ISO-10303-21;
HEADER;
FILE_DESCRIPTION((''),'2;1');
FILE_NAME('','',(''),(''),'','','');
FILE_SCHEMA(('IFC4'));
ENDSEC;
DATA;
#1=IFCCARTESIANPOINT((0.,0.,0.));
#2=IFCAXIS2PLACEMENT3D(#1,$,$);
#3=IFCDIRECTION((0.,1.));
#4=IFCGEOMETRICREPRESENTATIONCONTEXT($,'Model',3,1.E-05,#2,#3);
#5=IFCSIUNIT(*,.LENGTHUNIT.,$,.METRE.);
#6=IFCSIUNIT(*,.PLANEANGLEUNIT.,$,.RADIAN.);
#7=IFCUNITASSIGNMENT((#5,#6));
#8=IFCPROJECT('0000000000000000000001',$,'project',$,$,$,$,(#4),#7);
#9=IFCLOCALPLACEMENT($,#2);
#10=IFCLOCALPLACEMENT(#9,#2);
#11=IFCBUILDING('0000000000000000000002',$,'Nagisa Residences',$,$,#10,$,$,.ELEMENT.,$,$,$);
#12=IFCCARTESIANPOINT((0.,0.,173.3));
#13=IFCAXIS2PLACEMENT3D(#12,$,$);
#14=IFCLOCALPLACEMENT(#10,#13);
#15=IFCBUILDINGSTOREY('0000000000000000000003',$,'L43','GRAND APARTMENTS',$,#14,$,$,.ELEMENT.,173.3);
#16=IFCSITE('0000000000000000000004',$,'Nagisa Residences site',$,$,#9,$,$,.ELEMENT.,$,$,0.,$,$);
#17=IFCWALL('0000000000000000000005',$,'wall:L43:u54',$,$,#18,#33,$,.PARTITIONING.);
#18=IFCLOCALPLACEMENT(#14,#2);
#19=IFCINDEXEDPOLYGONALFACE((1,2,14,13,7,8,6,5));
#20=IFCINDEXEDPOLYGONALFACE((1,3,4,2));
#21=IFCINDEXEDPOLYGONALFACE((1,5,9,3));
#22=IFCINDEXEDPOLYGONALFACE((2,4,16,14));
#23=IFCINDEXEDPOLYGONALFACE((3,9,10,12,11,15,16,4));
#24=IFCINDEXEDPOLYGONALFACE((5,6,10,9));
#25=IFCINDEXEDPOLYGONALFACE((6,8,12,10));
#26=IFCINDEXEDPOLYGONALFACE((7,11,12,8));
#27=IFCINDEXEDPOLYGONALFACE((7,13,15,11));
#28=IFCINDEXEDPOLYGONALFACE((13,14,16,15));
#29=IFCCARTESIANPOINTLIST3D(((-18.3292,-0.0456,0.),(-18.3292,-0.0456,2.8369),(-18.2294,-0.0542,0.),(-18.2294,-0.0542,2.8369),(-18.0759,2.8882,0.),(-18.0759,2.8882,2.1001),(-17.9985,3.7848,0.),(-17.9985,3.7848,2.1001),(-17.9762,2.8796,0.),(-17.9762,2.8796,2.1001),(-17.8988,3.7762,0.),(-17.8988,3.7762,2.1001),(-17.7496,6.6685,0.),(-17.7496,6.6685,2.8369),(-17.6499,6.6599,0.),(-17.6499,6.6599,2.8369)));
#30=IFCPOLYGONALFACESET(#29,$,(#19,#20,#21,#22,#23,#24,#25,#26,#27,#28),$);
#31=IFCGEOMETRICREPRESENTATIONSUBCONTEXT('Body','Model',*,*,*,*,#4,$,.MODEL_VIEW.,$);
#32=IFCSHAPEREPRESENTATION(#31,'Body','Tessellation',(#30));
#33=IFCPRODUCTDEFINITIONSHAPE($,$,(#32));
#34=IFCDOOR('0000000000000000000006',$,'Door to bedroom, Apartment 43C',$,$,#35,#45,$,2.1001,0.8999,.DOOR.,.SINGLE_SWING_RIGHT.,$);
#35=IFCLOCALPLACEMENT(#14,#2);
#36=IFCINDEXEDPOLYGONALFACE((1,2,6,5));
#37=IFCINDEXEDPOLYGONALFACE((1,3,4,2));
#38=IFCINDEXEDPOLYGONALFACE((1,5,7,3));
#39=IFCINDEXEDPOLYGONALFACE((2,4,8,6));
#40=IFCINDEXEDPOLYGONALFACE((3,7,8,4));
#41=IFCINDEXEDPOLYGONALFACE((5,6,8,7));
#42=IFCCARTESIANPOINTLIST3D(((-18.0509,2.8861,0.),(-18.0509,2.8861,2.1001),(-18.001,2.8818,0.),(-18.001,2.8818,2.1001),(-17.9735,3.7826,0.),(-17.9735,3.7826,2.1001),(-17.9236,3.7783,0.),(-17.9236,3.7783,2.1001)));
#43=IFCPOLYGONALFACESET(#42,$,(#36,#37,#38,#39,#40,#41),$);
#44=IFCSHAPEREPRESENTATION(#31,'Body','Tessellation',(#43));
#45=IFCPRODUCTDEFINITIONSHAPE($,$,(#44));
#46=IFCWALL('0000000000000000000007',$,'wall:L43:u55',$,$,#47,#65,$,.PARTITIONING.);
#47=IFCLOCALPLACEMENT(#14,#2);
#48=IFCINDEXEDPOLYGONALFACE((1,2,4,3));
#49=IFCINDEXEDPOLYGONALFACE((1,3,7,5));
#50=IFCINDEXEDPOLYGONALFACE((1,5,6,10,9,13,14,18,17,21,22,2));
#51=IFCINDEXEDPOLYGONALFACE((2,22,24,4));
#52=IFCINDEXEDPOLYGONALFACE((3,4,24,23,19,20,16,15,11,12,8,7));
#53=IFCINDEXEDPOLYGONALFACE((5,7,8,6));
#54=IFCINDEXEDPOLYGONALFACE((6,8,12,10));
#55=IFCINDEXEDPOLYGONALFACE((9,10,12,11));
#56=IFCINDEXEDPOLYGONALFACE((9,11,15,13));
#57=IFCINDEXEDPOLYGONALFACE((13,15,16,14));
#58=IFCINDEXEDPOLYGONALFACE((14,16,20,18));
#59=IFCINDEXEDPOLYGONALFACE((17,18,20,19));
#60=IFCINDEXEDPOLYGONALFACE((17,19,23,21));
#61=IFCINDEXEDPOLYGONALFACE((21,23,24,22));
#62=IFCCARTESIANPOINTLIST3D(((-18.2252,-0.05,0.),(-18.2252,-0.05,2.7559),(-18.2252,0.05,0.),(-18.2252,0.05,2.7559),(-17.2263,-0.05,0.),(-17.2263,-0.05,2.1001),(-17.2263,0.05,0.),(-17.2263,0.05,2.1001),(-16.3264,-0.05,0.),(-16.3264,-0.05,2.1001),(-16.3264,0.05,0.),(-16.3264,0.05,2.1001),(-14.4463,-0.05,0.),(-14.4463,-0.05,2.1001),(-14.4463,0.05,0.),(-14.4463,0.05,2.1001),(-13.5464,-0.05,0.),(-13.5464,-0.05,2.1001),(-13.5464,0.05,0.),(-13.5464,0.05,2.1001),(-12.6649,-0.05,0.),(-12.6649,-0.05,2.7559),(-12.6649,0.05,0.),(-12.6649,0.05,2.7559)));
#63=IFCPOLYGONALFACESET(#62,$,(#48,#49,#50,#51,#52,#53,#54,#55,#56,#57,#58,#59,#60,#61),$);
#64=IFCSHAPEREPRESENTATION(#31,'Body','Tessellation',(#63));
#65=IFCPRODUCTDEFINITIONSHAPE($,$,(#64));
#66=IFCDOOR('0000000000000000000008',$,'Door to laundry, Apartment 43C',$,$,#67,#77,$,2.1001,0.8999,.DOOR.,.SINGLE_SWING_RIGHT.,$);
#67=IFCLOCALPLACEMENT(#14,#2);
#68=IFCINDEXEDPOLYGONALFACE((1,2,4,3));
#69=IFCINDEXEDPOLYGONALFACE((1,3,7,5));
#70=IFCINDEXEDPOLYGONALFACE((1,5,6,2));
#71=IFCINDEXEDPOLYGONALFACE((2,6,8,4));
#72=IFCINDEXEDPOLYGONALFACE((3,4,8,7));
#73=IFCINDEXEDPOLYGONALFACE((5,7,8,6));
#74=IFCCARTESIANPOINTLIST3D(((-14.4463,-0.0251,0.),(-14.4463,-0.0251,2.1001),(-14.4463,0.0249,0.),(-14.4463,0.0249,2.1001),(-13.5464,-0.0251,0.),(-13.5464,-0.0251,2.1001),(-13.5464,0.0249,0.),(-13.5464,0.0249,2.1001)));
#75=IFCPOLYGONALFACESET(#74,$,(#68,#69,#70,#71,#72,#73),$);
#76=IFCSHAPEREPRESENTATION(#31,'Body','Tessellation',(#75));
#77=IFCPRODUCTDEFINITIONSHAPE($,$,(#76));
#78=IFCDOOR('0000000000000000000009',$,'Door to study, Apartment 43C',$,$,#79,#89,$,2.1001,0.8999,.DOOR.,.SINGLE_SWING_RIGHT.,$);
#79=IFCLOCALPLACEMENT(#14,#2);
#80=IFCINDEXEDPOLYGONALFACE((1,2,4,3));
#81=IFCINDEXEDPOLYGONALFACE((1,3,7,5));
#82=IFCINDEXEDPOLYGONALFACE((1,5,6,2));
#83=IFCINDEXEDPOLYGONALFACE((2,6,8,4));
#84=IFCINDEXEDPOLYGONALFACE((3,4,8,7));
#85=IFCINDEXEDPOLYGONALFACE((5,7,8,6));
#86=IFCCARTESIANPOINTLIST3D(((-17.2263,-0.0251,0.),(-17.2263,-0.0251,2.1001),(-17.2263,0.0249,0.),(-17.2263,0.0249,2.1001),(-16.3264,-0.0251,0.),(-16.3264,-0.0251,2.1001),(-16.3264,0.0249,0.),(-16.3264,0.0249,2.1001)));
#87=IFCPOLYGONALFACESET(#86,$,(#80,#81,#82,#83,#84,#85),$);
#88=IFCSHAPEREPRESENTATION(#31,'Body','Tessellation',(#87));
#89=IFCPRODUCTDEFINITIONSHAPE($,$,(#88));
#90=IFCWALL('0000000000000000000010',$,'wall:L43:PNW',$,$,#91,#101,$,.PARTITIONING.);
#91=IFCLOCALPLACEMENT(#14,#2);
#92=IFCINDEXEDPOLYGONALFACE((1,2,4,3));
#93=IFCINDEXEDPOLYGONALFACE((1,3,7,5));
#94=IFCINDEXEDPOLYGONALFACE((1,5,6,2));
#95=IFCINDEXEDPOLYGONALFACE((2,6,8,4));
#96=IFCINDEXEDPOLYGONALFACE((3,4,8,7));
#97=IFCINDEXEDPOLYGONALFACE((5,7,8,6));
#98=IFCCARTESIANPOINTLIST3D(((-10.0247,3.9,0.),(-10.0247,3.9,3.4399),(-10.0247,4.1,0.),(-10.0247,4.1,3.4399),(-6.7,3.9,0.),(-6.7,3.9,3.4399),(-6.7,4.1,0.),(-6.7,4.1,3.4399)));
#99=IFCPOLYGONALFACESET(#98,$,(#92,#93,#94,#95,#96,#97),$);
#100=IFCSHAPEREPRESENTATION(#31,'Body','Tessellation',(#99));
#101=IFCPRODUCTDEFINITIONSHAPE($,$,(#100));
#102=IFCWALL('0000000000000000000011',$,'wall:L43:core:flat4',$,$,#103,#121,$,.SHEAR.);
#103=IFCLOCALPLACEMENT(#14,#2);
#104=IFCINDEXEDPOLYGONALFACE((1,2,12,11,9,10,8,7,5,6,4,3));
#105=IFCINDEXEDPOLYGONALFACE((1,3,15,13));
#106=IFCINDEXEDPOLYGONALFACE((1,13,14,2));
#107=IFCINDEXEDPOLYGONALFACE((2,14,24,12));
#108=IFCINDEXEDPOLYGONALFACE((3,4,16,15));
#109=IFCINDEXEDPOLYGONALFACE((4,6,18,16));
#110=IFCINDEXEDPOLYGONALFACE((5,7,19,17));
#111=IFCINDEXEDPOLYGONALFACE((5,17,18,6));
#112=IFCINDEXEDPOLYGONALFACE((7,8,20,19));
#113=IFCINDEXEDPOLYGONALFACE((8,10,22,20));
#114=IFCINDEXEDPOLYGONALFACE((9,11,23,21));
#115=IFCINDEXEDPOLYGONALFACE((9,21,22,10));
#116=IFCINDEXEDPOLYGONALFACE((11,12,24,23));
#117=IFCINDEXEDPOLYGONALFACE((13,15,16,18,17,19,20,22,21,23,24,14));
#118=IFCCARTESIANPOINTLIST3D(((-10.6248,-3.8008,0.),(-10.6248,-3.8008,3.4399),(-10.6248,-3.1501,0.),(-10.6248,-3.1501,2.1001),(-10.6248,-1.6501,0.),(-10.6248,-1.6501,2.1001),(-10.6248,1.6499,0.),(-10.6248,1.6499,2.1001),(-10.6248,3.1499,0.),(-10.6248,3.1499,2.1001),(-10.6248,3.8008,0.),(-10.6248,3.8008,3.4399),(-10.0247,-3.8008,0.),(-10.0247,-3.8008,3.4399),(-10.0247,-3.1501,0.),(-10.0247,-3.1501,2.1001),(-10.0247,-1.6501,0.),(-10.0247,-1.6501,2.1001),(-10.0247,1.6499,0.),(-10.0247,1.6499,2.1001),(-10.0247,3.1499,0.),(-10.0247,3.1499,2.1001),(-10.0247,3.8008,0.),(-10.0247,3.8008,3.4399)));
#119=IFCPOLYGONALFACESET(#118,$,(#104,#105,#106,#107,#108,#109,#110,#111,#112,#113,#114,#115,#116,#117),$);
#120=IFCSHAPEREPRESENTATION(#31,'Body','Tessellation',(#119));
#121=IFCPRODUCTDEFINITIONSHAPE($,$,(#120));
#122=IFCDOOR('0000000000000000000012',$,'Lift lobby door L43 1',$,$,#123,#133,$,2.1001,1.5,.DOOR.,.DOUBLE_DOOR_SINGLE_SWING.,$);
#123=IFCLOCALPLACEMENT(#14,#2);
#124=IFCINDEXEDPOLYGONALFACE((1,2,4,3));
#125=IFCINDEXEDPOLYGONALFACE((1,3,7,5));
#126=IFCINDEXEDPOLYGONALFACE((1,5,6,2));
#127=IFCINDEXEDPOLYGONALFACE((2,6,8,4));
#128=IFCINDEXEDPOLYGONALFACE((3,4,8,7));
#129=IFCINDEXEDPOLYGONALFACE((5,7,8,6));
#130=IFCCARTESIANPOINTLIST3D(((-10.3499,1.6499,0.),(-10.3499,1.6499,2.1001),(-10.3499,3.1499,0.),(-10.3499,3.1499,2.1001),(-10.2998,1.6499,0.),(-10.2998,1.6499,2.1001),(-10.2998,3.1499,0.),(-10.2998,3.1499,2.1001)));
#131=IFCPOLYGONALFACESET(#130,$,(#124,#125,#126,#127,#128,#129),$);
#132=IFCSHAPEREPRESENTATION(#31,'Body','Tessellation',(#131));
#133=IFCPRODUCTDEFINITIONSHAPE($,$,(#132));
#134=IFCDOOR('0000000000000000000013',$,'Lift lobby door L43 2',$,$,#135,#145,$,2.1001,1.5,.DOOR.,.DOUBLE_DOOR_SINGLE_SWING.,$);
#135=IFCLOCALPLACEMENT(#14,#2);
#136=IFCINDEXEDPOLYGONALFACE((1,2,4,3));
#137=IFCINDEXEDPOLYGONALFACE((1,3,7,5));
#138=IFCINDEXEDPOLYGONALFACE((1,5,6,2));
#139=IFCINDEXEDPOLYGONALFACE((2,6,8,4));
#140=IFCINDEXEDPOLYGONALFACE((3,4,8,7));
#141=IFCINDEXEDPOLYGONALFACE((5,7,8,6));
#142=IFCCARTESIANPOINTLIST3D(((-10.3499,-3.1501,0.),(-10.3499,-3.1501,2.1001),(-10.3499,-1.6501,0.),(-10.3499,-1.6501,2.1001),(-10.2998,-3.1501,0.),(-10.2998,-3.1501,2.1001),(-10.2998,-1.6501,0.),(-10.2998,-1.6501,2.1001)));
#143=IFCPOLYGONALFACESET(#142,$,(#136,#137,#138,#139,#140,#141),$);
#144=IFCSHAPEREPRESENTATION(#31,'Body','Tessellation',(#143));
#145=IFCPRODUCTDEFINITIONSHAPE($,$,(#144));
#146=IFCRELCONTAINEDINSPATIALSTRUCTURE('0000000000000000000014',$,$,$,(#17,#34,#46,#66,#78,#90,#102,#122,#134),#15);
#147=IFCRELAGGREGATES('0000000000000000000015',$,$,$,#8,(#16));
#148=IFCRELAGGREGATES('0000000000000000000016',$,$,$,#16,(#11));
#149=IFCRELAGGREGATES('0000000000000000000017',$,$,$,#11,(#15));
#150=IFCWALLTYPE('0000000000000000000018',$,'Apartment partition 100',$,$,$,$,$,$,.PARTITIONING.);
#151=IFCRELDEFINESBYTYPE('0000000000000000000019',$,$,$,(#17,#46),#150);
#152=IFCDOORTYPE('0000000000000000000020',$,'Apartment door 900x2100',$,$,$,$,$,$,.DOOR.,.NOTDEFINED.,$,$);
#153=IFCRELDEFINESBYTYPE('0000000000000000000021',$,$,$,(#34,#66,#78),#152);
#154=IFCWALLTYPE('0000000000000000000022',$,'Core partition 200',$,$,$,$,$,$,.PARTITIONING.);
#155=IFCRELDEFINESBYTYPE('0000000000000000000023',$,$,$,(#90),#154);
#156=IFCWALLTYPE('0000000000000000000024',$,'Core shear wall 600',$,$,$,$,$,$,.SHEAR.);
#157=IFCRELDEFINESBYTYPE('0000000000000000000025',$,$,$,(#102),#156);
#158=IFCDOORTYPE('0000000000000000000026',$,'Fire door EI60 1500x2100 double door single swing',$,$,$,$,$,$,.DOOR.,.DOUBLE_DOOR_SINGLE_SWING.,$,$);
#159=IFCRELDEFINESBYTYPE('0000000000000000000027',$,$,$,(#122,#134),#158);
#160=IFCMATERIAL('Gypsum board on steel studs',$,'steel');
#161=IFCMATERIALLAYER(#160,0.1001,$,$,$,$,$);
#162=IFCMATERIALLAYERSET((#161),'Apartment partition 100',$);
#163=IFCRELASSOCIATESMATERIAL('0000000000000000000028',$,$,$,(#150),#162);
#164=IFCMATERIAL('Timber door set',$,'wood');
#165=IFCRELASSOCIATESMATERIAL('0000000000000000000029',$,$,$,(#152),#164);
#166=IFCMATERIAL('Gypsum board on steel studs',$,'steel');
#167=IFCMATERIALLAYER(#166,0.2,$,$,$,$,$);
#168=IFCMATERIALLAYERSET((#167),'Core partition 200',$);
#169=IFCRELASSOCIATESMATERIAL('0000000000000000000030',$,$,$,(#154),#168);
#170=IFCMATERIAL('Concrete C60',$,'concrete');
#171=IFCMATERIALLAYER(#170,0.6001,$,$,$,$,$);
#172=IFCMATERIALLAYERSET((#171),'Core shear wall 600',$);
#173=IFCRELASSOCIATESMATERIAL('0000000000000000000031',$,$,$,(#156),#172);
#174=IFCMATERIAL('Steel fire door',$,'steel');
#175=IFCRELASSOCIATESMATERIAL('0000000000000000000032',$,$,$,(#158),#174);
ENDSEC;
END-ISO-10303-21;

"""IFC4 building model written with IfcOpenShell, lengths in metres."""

from ifc_helpers import new_model, si_unit, direction, frame, frame_2d, origin, place, context, subcontext, project, spatial, rectangle, extrude, material, layer, layer_set, type_object, element, fill, save


model = new_model("IFC4")

# Units and contexts
model_context = context("Model", 3, precision=1e-05, world=origin(), true_north=direction((0.0, 1.0)))
body_context = subcontext(model_context, "Body", "Model", "MODEL_VIEW")
ifc_project = project(units=[si_unit("LENGTHUNIT", "METRE"), si_unit("PLANEANGLEUNIT", "RADIAN")], contexts=[model_context])

# Site, building, storey
site_placement = place(None, origin())
site = spatial("IfcSite", under=ifc_project, at=site_placement, Name="Nagisa Residences site", CompositionType="ELEMENT", RefElevation=0.0)
building_placement = place(site_placement, origin())
building = spatial("IfcBuilding", under=site, at=building_placement, Name="Nagisa Residences", CompositionType="ELEMENT")
storey_placement = place(building_placement, frame((0.0, 0.0, 173.3)))
storey = spatial("IfcBuildingStorey", under=building, at=storey_placement, Name="L43", Description="GRAND APARTMENTS", CompositionType="ELEMENT", Elevation=173.3)

# Shared definitions
ifc_material_1 = material(Name="Gypsum board on steel studs", Category="steel")
ifc_layer_1 = layer(ifc_material_1, 0.1001)
ifc_layer_set_1 = layer_set([ifc_layer_1], Name="Apartment partition 100")
wall_type_1 = type_object("IfcWallType", Name="Apartment partition 100", PredefinedType="PARTITIONING", material=ifc_layer_set_1)
ifc_material_2 = material(Name="Timber door set", Category="wood")
door_type_1 = type_object("IfcDoorType", Name="Apartment door 900x2100", OperationType="NOTDEFINED", PredefinedType="DOOR", material=ifc_material_2)

# Wall, opening, door
wall_1_placement = place(storey_placement, frame((-17.6997, 6.6643, 0.0), z_axis=(0.0, 0.0, 1.0), x_axis=(-0.086004, -0.996295, 0.0)))
wall_1 = element("IfcWall", 1, at=wall_1_placement, inside=storey, type_object=wall_type_1, Name="wall:L43:u54", PredefinedType="PARTITIONING", context=body_context, shape_type="SweptSolid", body=[
    extrude(rectangle(XDim=6.739, YDim=0.1001, at=frame_2d((3.3696, 0.0))), origin(), (0.0, 0.0, 1.0), 2.8369),
])
opening_1_placement = place(wall_1_placement, frame((2.8945, 0.0, 0.0)))
opening_1 = element("IfcOpeningElement", 2, at=opening_1_placement, cuts=wall_1, PredefinedType="OPENING", context=body_context, shape_type="SweptSolid", body=[
    extrude(rectangle(XDim=0.8999, YDim=2.1001, at=frame_2d((0.45, 1.05))), frame((0.0, 0.0601, 0.0), z_axis=(0.0, -1.0, 0.0), x_axis=(1.0, 0.0, 0.0)), (0.0, 0.0, 1.0), 0.1201),
])
door_1_placement = place(opening_1_placement, frame((0.8999, 0.0, 0.0), x_axis=(-1.0, 0.0, 0.0)))
door_1 = element("IfcDoor", 3, at=door_1_placement, inside=storey, type_object=door_type_1, Name="Door to bedroom, Apartment 43C", OperationType="SINGLE_SWING_RIGHT", OverallHeight=2.1001, OverallWidth=0.8999, PredefinedType="DOOR", context=body_context, shape_type="SweptSolid", body=[
    extrude(rectangle(XDim=0.8999, YDim=2.1001, at=frame_2d((0.45, 1.05))), frame((0.0, 0.0249, 0.0), z_axis=(0.0, -1.0, 0.0), x_axis=(1.0, 0.0, 0.0)), (0.0, 0.0, 1.0), 0.05),
])
fill(opening_1, door_1)

# Wall, openings, doors
wall_2_placement = place(storey_placement, frame((-12.6648, 0.0, 0.0), z_axis=(0.0, 0.0, 1.0), x_axis=(-1.0, 0.0, 0.0)))
wall_2 = element("IfcWall", 4, at=wall_2_placement, inside=storey, type_object=wall_type_1, Name="wall:L43:u55", PredefinedType="PARTITIONING", context=body_context, shape_type="SweptSolid", body=[
    extrude(rectangle(XDim=5.5603, YDim=0.1001, at=frame_2d((2.7803, 0.0))), origin(), (0.0, 0.0, 1.0), 2.7559),
])
opening_2_placement = place(wall_2_placement, frame((0.8816, 0.0, 0.0)))
opening_2 = element("IfcOpeningElement", 5, at=opening_2_placement, cuts=wall_2, PredefinedType="OPENING", context=body_context, shape_type="SweptSolid", body=[
    extrude(rectangle(XDim=0.8999, YDim=2.1001, at=frame_2d((0.45, 1.05))), frame((0.0, 0.0601, 0.0), z_axis=(0.0, -1.0, 0.0), x_axis=(1.0, 0.0, 0.0)), (0.0, 0.0, 1.0), 0.1201),
])
opening_3_placement = place(wall_2_placement, frame((3.6616, 0.0, 0.0)))
opening_3 = element("IfcOpeningElement", 6, at=opening_3_placement, cuts=wall_2, PredefinedType="OPENING", context=body_context, shape_type="SweptSolid", body=[
    extrude(rectangle(XDim=0.8999, YDim=2.1001, at=frame_2d((0.45, 1.05))), frame((0.0, 0.0601, 0.0), z_axis=(0.0, -1.0, 0.0), x_axis=(1.0, 0.0, 0.0)), (0.0, 0.0, 1.0), 0.1201),
])
door_2_placement = place(opening_2_placement, frame((0.8999, 0.0, 0.0), x_axis=(-1.0, 0.0, 0.0)))
door_2 = element("IfcDoor", 7, at=door_2_placement, inside=storey, type_object=door_type_1, Name="Door to laundry, Apartment 43C", OperationType="SINGLE_SWING_RIGHT", OverallHeight=2.1001, OverallWidth=0.8999, PredefinedType="DOOR", context=body_context, shape_type="SweptSolid", body=[
    extrude(rectangle(XDim=0.8999, YDim=2.1001, at=frame_2d((0.45, 1.05))), frame((0.0, 0.0249, 0.0), z_axis=(0.0, -1.0, 0.0), x_axis=(1.0, 0.0, 0.0)), (0.0, 0.0, 1.0), 0.05),
])
fill(opening_2, door_2)
door_3_placement = place(opening_3_placement, frame((0.8999, 0.0, 0.0), x_axis=(-1.0, 0.0, 0.0)))
door_3 = element("IfcDoor", 8, at=door_3_placement, inside=storey, type_object=door_type_1, Name="Door to study, Apartment 43C", OperationType="SINGLE_SWING_RIGHT", OverallHeight=2.1001, OverallWidth=0.8999, PredefinedType="DOOR", context=body_context, shape_type="SweptSolid", body=[
    extrude(rectangle(XDim=0.8999, YDim=2.1001, at=frame_2d((0.45, 1.05))), frame((0.0, 0.0249, 0.0), z_axis=(0.0, -1.0, 0.0), x_axis=(1.0, 0.0, 0.0)), (0.0, 0.0, 1.0), 0.05),
])
fill(opening_3, door_3)

# Wall
ifc_material_3 = material(Name="Gypsum board on steel studs", Category="steel")
ifc_layer_2 = layer(ifc_material_3, 0.2)
ifc_layer_set_2 = layer_set([ifc_layer_2], Name="Core partition 200")
wall_type_2 = type_object("IfcWallType", Name="Core partition 200", PredefinedType="PARTITIONING", material=ifc_layer_set_2)
wall_3_placement = place(storey_placement, frame((-10.0247, 4.0, 0.0), z_axis=(0.0, 0.0, 1.0), x_axis=(1.0, 0.0, 0.0)))
element("IfcWall", 9, at=wall_3_placement, inside=storey, type_object=wall_type_2, Name="wall:L43:PNW", PredefinedType="PARTITIONING", context=body_context, shape_type="SweptSolid", body=[
    extrude(rectangle(XDim=3.3247, YDim=0.2, at=frame_2d((1.6624, 0.0))), origin(), (0.0, 0.0, 1.0), 3.4399),
])

# Wall, openings, doors
ifc_material_4 = material(Name="Concrete C60", Category="concrete")
ifc_layer_3 = layer(ifc_material_4, 0.6001)
ifc_layer_set_3 = layer_set([ifc_layer_3], Name="Core shear wall 600")
wall_type_3 = type_object("IfcWallType", Name="Core shear wall 600", PredefinedType="SHEAR", material=ifc_layer_set_3)
wall_4_placement = place(storey_placement, frame((-10.3247, 3.8008, 0.0), z_axis=(0.0, 0.0, 1.0), x_axis=(0.0, -1.0, 0.0)))
wall_4 = element("IfcWall", 10, at=wall_4_placement, inside=storey, type_object=wall_type_3, Name="wall:L43:core:flat4", PredefinedType="SHEAR", context=body_context, shape_type="SweptSolid", body=[
    extrude(rectangle(XDim=7.6016, YDim=0.6001, at=frame_2d((3.8008, 0.0))), origin(), (0.0, 0.0, 1.0), 3.4399),
])
opening_4_placement = place(wall_4_placement, frame((0.6509, 0.0, 0.0)))
opening_4 = element("IfcOpeningElement", 11, at=opening_4_placement, cuts=wall_4, PredefinedType="OPENING", context=body_context, shape_type="SweptSolid", body=[
    extrude(rectangle(XDim=1.5, YDim=2.1001, at=frame_2d((0.75, 1.05))), frame((0.0, 0.3101, 0.0), z_axis=(0.0, -1.0, 0.0), x_axis=(1.0, 0.0, 0.0)), (0.0, 0.0, 1.0), 0.6201),
])
opening_5_placement = place(wall_4_placement, frame((5.4509, 0.0, 0.0)))
opening_5 = element("IfcOpeningElement", 12, at=opening_5_placement, cuts=wall_4, PredefinedType="OPENING", context=body_context, shape_type="SweptSolid", body=[
    extrude(rectangle(XDim=1.5, YDim=2.1001, at=frame_2d((0.75, 1.05))), frame((0.0, 0.3101, 0.0), z_axis=(0.0, -1.0, 0.0), x_axis=(1.0, 0.0, 0.0)), (0.0, 0.0, 1.0), 0.6201),
])
ifc_material_5 = material(Name="Steel fire door", Category="steel")
door_type_2 = type_object("IfcDoorType", Name="Fire door EI60 1500x2100 double door single swing", OperationType="DOUBLE_DOOR_SINGLE_SWING", PredefinedType="DOOR", material=ifc_material_5)
door_4_placement = place(opening_4_placement, origin())
door_4 = element("IfcDoor", 13, at=door_4_placement, inside=storey, type_object=door_type_2, Name="Lift lobby door L43 1", OperationType="DOUBLE_DOOR_SINGLE_SWING", OverallHeight=2.1001, OverallWidth=1.5, PredefinedType="DOOR", context=body_context, shape_type="SweptSolid", body=[
    extrude(rectangle(XDim=1.5, YDim=2.1001, at=frame_2d((0.75, 1.05))), frame((0.0, 0.0249, 0.0), z_axis=(0.0, -1.0, 0.0), x_axis=(1.0, 0.0, 0.0)), (0.0, 0.0, 1.0), 0.05),
])
fill(opening_4, door_4)
door_5_placement = place(opening_5_placement, origin())
door_5 = element("IfcDoor", 14, at=door_5_placement, inside=storey, type_object=door_type_2, Name="Lift lobby door L43 2", OperationType="DOUBLE_DOOR_SINGLE_SWING", OverallHeight=2.1001, OverallWidth=1.5, PredefinedType="DOOR", context=body_context, shape_type="SweptSolid", body=[
    extrude(rectangle(XDim=1.5, YDim=2.1001, at=frame_2d((0.75, 1.05))), frame((0.0, 0.0249, 0.0), z_axis=(0.0, -1.0, 0.0), x_axis=(1.0, 0.0, 0.0)), (0.0, 0.0, 1.0), 0.05),
])
fill(opening_5, door_5)

save(model, "model.ifc")
